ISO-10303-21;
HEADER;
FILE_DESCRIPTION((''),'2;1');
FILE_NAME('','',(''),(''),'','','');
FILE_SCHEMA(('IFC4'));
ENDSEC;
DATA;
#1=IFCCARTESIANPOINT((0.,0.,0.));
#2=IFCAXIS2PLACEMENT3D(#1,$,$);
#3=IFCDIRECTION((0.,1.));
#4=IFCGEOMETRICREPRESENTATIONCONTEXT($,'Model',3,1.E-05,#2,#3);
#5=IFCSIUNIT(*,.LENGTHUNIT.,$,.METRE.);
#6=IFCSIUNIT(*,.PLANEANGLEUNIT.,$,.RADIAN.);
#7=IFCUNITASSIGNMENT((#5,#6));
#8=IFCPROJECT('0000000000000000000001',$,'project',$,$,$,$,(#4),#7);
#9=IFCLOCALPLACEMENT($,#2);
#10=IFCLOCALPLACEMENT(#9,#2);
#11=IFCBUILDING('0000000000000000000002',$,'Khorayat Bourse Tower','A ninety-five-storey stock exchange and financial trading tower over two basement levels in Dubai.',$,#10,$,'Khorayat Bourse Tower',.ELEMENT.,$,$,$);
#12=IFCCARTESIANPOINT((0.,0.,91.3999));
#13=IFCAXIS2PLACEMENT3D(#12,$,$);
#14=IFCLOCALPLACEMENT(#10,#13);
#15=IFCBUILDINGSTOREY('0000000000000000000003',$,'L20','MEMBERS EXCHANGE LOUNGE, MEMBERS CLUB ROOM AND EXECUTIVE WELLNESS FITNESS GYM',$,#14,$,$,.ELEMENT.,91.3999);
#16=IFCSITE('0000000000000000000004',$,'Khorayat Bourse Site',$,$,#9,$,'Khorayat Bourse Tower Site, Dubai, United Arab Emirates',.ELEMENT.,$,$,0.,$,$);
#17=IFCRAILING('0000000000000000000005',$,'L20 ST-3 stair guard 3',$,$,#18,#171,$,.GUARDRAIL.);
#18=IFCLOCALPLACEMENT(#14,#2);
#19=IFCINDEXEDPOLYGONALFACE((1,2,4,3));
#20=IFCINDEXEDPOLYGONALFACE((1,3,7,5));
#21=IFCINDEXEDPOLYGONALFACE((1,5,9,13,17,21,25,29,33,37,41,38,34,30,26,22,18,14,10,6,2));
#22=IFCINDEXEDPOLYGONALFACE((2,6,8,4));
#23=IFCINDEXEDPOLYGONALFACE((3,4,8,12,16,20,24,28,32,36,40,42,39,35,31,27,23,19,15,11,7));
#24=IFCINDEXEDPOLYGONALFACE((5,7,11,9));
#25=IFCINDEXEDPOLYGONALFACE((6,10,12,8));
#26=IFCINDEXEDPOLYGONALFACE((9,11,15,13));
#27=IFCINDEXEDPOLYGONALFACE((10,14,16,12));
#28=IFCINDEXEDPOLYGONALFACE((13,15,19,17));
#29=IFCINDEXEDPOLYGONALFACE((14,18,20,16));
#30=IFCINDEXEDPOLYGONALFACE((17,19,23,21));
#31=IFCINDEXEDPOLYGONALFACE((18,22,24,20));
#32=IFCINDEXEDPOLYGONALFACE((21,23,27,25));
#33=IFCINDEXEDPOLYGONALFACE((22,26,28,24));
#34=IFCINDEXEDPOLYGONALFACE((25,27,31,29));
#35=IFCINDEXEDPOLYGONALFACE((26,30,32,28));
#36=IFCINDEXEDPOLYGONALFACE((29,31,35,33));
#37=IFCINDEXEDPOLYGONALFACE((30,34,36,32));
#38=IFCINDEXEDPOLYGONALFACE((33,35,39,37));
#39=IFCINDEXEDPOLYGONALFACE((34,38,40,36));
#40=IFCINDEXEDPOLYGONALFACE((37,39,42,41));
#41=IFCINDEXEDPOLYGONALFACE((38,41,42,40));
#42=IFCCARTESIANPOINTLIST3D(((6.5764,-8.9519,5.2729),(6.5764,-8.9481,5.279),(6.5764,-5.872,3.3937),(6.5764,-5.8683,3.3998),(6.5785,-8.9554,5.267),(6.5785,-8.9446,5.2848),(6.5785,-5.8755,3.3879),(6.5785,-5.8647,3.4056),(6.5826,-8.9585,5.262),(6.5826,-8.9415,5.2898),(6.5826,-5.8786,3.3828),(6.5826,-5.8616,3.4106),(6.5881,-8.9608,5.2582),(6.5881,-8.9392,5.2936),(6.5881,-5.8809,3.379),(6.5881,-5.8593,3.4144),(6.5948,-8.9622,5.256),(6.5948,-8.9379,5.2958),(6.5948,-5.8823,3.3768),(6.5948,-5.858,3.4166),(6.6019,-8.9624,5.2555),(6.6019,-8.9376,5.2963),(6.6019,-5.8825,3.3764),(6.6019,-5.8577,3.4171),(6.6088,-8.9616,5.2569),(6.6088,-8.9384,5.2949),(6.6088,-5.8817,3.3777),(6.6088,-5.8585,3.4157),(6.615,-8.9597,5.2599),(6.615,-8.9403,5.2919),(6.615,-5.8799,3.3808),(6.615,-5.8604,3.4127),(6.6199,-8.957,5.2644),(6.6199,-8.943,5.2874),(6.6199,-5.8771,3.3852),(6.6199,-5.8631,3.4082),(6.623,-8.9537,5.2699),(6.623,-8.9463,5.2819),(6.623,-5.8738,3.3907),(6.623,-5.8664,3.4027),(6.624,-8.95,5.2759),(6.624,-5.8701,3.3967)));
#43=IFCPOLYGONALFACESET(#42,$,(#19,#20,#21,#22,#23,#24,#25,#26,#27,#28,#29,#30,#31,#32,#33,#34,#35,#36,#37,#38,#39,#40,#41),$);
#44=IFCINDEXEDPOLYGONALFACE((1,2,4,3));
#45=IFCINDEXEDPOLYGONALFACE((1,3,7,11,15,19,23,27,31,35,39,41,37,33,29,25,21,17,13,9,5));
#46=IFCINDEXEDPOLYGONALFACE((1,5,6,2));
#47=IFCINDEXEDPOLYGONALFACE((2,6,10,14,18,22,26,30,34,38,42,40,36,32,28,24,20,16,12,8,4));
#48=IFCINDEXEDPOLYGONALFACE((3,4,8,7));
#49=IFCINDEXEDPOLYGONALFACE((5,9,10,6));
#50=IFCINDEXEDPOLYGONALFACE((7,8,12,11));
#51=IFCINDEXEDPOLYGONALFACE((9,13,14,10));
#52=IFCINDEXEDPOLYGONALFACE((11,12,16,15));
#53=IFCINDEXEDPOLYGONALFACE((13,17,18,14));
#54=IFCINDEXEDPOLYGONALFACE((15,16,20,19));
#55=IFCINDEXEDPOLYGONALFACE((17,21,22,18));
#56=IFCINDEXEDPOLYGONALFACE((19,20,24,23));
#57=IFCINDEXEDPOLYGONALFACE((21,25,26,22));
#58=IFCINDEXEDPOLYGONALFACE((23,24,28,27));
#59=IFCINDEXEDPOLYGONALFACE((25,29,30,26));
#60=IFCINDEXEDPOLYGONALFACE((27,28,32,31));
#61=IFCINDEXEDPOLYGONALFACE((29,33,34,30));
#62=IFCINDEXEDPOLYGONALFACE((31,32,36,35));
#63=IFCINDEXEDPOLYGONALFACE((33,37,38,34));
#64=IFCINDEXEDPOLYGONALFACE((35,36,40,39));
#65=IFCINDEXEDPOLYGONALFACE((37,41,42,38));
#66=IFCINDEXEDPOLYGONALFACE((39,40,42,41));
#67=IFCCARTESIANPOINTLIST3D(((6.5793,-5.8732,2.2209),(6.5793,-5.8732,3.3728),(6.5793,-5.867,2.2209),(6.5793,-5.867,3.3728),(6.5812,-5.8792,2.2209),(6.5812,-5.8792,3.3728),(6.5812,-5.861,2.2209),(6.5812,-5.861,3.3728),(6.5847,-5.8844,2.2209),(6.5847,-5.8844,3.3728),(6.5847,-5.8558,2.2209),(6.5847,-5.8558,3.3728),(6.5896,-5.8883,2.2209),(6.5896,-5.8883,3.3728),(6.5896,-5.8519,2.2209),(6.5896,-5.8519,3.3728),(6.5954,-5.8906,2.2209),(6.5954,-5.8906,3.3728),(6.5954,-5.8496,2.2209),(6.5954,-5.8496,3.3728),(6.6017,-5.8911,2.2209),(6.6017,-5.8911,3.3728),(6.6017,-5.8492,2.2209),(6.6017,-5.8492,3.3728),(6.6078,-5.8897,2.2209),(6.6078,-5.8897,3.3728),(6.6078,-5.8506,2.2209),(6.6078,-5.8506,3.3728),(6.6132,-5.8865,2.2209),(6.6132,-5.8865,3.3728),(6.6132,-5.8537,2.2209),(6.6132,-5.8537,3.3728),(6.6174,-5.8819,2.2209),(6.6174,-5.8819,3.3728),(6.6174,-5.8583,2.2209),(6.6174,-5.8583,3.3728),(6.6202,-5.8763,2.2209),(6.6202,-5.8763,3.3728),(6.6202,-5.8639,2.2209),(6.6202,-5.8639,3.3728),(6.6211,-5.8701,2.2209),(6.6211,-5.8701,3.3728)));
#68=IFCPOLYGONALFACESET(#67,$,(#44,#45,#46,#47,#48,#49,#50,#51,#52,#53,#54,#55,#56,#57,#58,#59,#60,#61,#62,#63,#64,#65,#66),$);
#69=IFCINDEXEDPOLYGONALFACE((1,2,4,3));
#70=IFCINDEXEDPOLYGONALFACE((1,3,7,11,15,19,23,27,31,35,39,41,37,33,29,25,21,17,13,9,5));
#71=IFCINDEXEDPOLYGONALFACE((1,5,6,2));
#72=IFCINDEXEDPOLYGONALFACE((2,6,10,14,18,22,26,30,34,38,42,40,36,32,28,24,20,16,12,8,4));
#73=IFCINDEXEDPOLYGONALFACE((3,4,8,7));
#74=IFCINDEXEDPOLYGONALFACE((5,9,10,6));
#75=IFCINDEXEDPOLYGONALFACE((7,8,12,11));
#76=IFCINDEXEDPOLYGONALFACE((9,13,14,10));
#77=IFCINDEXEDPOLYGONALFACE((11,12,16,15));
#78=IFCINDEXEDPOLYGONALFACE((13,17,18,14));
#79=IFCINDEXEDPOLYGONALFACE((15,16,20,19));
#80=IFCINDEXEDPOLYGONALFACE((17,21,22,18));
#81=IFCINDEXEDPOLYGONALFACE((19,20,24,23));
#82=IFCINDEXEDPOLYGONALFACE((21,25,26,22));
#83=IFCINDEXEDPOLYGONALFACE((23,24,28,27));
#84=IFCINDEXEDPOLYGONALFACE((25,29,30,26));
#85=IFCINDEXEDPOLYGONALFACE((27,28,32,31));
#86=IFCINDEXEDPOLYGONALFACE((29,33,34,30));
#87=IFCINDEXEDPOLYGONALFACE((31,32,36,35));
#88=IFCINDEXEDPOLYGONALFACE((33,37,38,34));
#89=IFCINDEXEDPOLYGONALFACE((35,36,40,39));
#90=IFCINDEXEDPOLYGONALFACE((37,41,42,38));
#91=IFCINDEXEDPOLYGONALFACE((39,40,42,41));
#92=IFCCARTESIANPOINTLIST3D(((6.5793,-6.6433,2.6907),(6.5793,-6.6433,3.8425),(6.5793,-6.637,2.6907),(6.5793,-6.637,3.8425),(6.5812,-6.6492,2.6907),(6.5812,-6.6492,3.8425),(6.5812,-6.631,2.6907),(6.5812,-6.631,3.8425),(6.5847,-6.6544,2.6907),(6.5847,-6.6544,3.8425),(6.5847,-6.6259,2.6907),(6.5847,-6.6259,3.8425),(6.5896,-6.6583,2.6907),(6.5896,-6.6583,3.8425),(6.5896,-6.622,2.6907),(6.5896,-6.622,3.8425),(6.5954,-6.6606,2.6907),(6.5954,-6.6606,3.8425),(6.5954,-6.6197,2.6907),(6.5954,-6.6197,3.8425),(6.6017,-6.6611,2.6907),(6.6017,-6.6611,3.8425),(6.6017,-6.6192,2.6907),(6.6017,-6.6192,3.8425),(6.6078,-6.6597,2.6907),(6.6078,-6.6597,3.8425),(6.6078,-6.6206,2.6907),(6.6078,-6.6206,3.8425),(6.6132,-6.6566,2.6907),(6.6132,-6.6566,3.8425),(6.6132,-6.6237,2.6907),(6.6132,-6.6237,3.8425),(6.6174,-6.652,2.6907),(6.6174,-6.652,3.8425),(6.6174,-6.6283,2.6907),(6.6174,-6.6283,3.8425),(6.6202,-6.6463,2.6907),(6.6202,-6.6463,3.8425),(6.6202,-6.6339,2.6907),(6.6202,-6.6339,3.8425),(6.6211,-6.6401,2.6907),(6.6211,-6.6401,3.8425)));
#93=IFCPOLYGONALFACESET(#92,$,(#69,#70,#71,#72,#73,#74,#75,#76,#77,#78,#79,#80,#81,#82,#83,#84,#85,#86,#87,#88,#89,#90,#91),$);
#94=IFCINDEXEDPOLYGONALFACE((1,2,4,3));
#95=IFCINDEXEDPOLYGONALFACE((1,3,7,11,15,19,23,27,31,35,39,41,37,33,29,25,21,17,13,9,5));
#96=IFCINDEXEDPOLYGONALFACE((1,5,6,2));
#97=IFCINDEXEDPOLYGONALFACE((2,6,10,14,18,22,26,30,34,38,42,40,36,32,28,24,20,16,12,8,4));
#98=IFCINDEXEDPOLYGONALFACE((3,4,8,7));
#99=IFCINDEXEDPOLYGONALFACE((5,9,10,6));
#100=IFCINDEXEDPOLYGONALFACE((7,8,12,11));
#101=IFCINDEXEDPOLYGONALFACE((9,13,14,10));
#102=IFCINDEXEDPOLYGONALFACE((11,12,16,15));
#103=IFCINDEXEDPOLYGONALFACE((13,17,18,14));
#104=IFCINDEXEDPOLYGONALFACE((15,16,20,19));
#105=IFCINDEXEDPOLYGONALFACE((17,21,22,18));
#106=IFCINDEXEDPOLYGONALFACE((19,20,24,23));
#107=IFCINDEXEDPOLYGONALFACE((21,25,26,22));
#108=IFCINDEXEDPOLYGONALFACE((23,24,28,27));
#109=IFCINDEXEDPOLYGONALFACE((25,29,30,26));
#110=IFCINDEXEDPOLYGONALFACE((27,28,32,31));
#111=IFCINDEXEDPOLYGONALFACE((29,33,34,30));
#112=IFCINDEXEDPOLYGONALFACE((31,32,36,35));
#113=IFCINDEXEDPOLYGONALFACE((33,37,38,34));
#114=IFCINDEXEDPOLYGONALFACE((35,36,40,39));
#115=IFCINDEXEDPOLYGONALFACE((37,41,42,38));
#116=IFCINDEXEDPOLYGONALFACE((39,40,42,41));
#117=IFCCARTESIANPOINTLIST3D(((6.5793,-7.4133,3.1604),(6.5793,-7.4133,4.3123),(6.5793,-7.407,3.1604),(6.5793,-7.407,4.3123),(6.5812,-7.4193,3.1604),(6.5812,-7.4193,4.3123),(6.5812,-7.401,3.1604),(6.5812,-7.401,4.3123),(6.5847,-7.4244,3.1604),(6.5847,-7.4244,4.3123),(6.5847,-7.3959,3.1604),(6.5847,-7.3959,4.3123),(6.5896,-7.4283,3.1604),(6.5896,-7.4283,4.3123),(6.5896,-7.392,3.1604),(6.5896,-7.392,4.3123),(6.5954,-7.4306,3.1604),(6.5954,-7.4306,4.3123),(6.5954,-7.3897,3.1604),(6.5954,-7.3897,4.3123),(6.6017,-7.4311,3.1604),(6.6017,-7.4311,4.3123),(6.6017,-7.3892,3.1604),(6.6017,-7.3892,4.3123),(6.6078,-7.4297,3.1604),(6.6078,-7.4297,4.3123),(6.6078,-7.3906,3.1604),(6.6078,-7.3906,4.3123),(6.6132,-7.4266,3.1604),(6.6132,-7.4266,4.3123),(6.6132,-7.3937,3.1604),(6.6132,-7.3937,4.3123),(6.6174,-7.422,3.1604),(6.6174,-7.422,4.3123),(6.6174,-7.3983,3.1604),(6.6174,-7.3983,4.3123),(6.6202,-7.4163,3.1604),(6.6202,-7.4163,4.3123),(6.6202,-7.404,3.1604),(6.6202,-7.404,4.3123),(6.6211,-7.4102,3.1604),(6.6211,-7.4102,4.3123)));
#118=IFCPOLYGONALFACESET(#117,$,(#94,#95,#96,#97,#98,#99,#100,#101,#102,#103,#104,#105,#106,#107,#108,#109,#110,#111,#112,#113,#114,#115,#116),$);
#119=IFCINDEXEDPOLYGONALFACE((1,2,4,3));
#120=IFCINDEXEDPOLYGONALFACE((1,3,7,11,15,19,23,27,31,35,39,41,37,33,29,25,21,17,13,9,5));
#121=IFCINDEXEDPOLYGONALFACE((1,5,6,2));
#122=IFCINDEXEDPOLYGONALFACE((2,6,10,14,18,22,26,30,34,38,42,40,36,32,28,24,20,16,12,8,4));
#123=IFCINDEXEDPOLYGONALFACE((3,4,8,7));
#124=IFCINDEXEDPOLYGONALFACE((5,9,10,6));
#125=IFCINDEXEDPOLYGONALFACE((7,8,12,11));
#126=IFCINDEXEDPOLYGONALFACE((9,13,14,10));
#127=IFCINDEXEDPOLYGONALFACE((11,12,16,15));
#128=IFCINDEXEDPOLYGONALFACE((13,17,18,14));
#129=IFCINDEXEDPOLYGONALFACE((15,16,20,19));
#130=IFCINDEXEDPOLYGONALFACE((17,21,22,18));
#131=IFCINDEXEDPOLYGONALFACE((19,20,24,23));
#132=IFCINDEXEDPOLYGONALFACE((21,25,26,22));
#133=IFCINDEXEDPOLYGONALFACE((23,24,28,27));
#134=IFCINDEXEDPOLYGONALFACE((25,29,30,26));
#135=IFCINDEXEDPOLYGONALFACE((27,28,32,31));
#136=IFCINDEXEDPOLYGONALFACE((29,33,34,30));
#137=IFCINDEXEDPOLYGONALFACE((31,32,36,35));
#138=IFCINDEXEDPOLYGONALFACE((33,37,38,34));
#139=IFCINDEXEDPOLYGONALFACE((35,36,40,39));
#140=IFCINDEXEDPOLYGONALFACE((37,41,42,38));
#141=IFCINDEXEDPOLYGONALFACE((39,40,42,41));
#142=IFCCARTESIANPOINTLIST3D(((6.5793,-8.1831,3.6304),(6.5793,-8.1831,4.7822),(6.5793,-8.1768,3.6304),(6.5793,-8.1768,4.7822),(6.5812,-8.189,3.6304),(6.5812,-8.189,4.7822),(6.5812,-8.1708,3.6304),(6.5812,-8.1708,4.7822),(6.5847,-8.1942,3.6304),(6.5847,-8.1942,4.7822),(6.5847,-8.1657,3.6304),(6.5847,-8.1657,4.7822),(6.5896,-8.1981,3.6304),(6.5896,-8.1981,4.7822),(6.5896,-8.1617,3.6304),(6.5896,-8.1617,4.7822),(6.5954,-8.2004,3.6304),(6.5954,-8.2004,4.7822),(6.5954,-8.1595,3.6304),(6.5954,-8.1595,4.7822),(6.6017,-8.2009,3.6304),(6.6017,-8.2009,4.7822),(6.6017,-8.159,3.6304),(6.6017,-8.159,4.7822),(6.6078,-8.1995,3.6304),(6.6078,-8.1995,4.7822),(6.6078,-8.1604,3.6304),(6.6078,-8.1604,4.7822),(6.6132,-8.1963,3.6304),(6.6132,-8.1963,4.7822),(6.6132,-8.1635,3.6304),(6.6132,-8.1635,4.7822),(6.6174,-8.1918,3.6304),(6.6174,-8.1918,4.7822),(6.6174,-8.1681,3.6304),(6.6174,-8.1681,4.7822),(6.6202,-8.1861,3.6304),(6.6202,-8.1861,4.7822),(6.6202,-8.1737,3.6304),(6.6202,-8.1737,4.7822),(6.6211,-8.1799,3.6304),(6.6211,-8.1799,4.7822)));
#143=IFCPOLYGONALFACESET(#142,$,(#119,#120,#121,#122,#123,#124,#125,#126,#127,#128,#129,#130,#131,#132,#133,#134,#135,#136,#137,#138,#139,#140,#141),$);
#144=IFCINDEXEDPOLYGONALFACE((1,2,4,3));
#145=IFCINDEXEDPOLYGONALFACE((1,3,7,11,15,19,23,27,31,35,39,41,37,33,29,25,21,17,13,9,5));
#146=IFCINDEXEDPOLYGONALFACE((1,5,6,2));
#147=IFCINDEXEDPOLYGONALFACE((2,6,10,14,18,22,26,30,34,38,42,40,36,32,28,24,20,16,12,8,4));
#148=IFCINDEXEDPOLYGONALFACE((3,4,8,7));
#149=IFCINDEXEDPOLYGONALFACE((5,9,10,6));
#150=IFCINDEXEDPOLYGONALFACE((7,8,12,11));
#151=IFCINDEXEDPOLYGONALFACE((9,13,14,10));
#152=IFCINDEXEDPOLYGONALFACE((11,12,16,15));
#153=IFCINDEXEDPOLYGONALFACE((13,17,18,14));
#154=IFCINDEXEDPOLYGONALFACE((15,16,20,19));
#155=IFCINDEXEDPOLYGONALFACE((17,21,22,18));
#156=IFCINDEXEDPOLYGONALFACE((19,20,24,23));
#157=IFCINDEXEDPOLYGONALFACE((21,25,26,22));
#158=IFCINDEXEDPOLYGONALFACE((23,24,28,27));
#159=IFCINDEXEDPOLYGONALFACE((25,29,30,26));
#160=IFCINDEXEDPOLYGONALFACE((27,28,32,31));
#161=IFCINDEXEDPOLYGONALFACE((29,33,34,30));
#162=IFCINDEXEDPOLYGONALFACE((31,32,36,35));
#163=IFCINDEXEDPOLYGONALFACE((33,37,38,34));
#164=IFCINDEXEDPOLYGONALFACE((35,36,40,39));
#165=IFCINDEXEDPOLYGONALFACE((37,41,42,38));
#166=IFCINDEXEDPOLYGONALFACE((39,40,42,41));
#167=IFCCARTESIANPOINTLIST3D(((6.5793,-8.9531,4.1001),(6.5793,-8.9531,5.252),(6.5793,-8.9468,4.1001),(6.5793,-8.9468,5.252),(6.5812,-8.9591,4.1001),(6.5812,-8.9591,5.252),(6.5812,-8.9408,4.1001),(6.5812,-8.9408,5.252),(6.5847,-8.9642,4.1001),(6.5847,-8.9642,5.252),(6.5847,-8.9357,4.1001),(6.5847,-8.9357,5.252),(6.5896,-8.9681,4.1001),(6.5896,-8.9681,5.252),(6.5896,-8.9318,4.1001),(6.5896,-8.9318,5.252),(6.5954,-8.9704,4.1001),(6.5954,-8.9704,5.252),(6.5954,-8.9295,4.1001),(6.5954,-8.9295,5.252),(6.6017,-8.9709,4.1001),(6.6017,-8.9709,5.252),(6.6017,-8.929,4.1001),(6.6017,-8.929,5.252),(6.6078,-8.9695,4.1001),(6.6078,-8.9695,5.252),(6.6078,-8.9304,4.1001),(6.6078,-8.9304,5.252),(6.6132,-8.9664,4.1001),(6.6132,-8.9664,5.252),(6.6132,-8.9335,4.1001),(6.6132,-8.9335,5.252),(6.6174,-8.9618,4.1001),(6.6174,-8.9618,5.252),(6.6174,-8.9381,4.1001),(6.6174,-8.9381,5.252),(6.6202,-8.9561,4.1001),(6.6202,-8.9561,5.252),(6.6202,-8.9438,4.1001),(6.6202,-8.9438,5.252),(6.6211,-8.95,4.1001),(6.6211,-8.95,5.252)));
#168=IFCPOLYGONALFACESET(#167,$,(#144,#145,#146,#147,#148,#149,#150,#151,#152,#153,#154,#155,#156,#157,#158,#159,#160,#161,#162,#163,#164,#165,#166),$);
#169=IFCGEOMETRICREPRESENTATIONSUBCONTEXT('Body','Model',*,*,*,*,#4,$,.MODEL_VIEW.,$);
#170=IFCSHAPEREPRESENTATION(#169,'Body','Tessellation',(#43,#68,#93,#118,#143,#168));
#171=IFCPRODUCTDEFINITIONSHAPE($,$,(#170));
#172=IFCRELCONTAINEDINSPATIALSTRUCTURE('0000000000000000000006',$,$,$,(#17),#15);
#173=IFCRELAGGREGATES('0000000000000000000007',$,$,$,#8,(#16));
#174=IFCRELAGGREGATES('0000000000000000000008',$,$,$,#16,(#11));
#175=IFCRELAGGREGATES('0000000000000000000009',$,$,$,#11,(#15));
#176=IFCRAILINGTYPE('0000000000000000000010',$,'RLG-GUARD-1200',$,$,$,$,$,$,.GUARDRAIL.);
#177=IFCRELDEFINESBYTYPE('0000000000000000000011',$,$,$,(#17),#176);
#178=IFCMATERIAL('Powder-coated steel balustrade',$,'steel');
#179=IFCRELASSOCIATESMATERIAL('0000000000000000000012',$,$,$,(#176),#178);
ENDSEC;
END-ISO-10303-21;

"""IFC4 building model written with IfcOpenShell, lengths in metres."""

from ifc_helpers import new_model, si_unit, direction, frame, origin, origin_2d, place, context, subcontext, project, spatial, circle, extrude, source, transform, mapped, material, type_object, element, save


model = new_model("IFC4")

# Units and contexts
model_context = context("Model", 3, precision=1e-05, world=origin(), true_north=direction((0.0, 1.0)))
body_context = subcontext(model_context, "Body", "Model", "MODEL_VIEW")
ifc_project = project(units=[si_unit("LENGTHUNIT", "METRE"), si_unit("PLANEANGLEUNIT", "RADIAN")], contexts=[model_context])

# Site, building, storey
site_placement = place(None, origin())
site = spatial("IfcSite", under=ifc_project, at=site_placement, Name="Khorayat Bourse Site", LongName="Khorayat Bourse Tower Site, Dubai, United Arab Emirates", CompositionType="ELEMENT", RefElevation=0.0)
building_placement = place(site_placement, origin())
building = spatial("IfcBuilding", under=site, at=building_placement, Name="Khorayat Bourse Tower", Description="A ninety-five-storey stock exchange and financial trading tower over two basement levels in Dubai.", LongName="Khorayat Bourse Tower", CompositionType="ELEMENT")
storey_placement = place(building_placement, frame((0.0, 0.0, 91.3999)))
storey = spatial("IfcBuildingStorey", under=building, at=storey_placement, Name="L20", Description="MEMBERS EXCHANGE LOUNGE, MEMBERS CLUB ROOM AND EXECUTIVE WELLNESS FITNESS GYM", CompositionType="ELEMENT", Elevation=91.3999)

# Railing
ifc_material_1 = material(Name="Powder-coated steel balustrade", Category="steel")
railing_type_1 = type_object("IfcRailingType", Name="RLG-GUARD-1200", PredefinedType="GUARDRAIL", material=ifc_material_1)
shared_shape_1 = source(origin(), body_context, "Body", "SweptSolid", [
    extrude(circle(Radius=0.0239, at=origin_2d()), frame((0.0, 0.0, 1.1758), z_axis=(0.0, -0.853648, 0.52085), x_axis=(1.0, 0.0, 0.0)), (0.0, 0.0, 1.0), 3.6079),
    extrude(circle(Radius=0.021, at=origin_2d()), origin(), (0.0, 0.0, 1.0), 1.1519),
    extrude(circle(Radius=0.021, at=origin_2d()), frame((0.0, -0.77, 0.4697)), (0.0, 0.0, 1.0), 1.1519),
    extrude(circle(Radius=0.021, at=origin_2d()), frame((0.0, -1.54, 0.9395)), (0.0, 0.0, 1.0), 1.1519),
    extrude(circle(Radius=0.021, at=origin_2d()), frame((0.0, -2.3098, 1.4094)), (0.0, 0.0, 1.0), 1.1519),
    extrude(circle(Radius=0.021, at=origin_2d()), frame((0.0, -3.0798, 1.8792)), (0.0, 0.0, 1.0), 1.1519),
])
railing_1_placement = place(storey_placement, frame((6.6001, -5.8701, 2.2209)))
element("IfcRailing", 1, at=railing_1_placement, inside=storey, type_object=railing_type_1, Name="L20 ST-3 stair guard 3", PredefinedType="GUARDRAIL", context=body_context, shape_type="MappedRepresentation", body=[
    mapped(shared_shape_1, transform((0.0, 0.0, 0.0), scale=1.0)),
])

save(model, "model.ifc")
